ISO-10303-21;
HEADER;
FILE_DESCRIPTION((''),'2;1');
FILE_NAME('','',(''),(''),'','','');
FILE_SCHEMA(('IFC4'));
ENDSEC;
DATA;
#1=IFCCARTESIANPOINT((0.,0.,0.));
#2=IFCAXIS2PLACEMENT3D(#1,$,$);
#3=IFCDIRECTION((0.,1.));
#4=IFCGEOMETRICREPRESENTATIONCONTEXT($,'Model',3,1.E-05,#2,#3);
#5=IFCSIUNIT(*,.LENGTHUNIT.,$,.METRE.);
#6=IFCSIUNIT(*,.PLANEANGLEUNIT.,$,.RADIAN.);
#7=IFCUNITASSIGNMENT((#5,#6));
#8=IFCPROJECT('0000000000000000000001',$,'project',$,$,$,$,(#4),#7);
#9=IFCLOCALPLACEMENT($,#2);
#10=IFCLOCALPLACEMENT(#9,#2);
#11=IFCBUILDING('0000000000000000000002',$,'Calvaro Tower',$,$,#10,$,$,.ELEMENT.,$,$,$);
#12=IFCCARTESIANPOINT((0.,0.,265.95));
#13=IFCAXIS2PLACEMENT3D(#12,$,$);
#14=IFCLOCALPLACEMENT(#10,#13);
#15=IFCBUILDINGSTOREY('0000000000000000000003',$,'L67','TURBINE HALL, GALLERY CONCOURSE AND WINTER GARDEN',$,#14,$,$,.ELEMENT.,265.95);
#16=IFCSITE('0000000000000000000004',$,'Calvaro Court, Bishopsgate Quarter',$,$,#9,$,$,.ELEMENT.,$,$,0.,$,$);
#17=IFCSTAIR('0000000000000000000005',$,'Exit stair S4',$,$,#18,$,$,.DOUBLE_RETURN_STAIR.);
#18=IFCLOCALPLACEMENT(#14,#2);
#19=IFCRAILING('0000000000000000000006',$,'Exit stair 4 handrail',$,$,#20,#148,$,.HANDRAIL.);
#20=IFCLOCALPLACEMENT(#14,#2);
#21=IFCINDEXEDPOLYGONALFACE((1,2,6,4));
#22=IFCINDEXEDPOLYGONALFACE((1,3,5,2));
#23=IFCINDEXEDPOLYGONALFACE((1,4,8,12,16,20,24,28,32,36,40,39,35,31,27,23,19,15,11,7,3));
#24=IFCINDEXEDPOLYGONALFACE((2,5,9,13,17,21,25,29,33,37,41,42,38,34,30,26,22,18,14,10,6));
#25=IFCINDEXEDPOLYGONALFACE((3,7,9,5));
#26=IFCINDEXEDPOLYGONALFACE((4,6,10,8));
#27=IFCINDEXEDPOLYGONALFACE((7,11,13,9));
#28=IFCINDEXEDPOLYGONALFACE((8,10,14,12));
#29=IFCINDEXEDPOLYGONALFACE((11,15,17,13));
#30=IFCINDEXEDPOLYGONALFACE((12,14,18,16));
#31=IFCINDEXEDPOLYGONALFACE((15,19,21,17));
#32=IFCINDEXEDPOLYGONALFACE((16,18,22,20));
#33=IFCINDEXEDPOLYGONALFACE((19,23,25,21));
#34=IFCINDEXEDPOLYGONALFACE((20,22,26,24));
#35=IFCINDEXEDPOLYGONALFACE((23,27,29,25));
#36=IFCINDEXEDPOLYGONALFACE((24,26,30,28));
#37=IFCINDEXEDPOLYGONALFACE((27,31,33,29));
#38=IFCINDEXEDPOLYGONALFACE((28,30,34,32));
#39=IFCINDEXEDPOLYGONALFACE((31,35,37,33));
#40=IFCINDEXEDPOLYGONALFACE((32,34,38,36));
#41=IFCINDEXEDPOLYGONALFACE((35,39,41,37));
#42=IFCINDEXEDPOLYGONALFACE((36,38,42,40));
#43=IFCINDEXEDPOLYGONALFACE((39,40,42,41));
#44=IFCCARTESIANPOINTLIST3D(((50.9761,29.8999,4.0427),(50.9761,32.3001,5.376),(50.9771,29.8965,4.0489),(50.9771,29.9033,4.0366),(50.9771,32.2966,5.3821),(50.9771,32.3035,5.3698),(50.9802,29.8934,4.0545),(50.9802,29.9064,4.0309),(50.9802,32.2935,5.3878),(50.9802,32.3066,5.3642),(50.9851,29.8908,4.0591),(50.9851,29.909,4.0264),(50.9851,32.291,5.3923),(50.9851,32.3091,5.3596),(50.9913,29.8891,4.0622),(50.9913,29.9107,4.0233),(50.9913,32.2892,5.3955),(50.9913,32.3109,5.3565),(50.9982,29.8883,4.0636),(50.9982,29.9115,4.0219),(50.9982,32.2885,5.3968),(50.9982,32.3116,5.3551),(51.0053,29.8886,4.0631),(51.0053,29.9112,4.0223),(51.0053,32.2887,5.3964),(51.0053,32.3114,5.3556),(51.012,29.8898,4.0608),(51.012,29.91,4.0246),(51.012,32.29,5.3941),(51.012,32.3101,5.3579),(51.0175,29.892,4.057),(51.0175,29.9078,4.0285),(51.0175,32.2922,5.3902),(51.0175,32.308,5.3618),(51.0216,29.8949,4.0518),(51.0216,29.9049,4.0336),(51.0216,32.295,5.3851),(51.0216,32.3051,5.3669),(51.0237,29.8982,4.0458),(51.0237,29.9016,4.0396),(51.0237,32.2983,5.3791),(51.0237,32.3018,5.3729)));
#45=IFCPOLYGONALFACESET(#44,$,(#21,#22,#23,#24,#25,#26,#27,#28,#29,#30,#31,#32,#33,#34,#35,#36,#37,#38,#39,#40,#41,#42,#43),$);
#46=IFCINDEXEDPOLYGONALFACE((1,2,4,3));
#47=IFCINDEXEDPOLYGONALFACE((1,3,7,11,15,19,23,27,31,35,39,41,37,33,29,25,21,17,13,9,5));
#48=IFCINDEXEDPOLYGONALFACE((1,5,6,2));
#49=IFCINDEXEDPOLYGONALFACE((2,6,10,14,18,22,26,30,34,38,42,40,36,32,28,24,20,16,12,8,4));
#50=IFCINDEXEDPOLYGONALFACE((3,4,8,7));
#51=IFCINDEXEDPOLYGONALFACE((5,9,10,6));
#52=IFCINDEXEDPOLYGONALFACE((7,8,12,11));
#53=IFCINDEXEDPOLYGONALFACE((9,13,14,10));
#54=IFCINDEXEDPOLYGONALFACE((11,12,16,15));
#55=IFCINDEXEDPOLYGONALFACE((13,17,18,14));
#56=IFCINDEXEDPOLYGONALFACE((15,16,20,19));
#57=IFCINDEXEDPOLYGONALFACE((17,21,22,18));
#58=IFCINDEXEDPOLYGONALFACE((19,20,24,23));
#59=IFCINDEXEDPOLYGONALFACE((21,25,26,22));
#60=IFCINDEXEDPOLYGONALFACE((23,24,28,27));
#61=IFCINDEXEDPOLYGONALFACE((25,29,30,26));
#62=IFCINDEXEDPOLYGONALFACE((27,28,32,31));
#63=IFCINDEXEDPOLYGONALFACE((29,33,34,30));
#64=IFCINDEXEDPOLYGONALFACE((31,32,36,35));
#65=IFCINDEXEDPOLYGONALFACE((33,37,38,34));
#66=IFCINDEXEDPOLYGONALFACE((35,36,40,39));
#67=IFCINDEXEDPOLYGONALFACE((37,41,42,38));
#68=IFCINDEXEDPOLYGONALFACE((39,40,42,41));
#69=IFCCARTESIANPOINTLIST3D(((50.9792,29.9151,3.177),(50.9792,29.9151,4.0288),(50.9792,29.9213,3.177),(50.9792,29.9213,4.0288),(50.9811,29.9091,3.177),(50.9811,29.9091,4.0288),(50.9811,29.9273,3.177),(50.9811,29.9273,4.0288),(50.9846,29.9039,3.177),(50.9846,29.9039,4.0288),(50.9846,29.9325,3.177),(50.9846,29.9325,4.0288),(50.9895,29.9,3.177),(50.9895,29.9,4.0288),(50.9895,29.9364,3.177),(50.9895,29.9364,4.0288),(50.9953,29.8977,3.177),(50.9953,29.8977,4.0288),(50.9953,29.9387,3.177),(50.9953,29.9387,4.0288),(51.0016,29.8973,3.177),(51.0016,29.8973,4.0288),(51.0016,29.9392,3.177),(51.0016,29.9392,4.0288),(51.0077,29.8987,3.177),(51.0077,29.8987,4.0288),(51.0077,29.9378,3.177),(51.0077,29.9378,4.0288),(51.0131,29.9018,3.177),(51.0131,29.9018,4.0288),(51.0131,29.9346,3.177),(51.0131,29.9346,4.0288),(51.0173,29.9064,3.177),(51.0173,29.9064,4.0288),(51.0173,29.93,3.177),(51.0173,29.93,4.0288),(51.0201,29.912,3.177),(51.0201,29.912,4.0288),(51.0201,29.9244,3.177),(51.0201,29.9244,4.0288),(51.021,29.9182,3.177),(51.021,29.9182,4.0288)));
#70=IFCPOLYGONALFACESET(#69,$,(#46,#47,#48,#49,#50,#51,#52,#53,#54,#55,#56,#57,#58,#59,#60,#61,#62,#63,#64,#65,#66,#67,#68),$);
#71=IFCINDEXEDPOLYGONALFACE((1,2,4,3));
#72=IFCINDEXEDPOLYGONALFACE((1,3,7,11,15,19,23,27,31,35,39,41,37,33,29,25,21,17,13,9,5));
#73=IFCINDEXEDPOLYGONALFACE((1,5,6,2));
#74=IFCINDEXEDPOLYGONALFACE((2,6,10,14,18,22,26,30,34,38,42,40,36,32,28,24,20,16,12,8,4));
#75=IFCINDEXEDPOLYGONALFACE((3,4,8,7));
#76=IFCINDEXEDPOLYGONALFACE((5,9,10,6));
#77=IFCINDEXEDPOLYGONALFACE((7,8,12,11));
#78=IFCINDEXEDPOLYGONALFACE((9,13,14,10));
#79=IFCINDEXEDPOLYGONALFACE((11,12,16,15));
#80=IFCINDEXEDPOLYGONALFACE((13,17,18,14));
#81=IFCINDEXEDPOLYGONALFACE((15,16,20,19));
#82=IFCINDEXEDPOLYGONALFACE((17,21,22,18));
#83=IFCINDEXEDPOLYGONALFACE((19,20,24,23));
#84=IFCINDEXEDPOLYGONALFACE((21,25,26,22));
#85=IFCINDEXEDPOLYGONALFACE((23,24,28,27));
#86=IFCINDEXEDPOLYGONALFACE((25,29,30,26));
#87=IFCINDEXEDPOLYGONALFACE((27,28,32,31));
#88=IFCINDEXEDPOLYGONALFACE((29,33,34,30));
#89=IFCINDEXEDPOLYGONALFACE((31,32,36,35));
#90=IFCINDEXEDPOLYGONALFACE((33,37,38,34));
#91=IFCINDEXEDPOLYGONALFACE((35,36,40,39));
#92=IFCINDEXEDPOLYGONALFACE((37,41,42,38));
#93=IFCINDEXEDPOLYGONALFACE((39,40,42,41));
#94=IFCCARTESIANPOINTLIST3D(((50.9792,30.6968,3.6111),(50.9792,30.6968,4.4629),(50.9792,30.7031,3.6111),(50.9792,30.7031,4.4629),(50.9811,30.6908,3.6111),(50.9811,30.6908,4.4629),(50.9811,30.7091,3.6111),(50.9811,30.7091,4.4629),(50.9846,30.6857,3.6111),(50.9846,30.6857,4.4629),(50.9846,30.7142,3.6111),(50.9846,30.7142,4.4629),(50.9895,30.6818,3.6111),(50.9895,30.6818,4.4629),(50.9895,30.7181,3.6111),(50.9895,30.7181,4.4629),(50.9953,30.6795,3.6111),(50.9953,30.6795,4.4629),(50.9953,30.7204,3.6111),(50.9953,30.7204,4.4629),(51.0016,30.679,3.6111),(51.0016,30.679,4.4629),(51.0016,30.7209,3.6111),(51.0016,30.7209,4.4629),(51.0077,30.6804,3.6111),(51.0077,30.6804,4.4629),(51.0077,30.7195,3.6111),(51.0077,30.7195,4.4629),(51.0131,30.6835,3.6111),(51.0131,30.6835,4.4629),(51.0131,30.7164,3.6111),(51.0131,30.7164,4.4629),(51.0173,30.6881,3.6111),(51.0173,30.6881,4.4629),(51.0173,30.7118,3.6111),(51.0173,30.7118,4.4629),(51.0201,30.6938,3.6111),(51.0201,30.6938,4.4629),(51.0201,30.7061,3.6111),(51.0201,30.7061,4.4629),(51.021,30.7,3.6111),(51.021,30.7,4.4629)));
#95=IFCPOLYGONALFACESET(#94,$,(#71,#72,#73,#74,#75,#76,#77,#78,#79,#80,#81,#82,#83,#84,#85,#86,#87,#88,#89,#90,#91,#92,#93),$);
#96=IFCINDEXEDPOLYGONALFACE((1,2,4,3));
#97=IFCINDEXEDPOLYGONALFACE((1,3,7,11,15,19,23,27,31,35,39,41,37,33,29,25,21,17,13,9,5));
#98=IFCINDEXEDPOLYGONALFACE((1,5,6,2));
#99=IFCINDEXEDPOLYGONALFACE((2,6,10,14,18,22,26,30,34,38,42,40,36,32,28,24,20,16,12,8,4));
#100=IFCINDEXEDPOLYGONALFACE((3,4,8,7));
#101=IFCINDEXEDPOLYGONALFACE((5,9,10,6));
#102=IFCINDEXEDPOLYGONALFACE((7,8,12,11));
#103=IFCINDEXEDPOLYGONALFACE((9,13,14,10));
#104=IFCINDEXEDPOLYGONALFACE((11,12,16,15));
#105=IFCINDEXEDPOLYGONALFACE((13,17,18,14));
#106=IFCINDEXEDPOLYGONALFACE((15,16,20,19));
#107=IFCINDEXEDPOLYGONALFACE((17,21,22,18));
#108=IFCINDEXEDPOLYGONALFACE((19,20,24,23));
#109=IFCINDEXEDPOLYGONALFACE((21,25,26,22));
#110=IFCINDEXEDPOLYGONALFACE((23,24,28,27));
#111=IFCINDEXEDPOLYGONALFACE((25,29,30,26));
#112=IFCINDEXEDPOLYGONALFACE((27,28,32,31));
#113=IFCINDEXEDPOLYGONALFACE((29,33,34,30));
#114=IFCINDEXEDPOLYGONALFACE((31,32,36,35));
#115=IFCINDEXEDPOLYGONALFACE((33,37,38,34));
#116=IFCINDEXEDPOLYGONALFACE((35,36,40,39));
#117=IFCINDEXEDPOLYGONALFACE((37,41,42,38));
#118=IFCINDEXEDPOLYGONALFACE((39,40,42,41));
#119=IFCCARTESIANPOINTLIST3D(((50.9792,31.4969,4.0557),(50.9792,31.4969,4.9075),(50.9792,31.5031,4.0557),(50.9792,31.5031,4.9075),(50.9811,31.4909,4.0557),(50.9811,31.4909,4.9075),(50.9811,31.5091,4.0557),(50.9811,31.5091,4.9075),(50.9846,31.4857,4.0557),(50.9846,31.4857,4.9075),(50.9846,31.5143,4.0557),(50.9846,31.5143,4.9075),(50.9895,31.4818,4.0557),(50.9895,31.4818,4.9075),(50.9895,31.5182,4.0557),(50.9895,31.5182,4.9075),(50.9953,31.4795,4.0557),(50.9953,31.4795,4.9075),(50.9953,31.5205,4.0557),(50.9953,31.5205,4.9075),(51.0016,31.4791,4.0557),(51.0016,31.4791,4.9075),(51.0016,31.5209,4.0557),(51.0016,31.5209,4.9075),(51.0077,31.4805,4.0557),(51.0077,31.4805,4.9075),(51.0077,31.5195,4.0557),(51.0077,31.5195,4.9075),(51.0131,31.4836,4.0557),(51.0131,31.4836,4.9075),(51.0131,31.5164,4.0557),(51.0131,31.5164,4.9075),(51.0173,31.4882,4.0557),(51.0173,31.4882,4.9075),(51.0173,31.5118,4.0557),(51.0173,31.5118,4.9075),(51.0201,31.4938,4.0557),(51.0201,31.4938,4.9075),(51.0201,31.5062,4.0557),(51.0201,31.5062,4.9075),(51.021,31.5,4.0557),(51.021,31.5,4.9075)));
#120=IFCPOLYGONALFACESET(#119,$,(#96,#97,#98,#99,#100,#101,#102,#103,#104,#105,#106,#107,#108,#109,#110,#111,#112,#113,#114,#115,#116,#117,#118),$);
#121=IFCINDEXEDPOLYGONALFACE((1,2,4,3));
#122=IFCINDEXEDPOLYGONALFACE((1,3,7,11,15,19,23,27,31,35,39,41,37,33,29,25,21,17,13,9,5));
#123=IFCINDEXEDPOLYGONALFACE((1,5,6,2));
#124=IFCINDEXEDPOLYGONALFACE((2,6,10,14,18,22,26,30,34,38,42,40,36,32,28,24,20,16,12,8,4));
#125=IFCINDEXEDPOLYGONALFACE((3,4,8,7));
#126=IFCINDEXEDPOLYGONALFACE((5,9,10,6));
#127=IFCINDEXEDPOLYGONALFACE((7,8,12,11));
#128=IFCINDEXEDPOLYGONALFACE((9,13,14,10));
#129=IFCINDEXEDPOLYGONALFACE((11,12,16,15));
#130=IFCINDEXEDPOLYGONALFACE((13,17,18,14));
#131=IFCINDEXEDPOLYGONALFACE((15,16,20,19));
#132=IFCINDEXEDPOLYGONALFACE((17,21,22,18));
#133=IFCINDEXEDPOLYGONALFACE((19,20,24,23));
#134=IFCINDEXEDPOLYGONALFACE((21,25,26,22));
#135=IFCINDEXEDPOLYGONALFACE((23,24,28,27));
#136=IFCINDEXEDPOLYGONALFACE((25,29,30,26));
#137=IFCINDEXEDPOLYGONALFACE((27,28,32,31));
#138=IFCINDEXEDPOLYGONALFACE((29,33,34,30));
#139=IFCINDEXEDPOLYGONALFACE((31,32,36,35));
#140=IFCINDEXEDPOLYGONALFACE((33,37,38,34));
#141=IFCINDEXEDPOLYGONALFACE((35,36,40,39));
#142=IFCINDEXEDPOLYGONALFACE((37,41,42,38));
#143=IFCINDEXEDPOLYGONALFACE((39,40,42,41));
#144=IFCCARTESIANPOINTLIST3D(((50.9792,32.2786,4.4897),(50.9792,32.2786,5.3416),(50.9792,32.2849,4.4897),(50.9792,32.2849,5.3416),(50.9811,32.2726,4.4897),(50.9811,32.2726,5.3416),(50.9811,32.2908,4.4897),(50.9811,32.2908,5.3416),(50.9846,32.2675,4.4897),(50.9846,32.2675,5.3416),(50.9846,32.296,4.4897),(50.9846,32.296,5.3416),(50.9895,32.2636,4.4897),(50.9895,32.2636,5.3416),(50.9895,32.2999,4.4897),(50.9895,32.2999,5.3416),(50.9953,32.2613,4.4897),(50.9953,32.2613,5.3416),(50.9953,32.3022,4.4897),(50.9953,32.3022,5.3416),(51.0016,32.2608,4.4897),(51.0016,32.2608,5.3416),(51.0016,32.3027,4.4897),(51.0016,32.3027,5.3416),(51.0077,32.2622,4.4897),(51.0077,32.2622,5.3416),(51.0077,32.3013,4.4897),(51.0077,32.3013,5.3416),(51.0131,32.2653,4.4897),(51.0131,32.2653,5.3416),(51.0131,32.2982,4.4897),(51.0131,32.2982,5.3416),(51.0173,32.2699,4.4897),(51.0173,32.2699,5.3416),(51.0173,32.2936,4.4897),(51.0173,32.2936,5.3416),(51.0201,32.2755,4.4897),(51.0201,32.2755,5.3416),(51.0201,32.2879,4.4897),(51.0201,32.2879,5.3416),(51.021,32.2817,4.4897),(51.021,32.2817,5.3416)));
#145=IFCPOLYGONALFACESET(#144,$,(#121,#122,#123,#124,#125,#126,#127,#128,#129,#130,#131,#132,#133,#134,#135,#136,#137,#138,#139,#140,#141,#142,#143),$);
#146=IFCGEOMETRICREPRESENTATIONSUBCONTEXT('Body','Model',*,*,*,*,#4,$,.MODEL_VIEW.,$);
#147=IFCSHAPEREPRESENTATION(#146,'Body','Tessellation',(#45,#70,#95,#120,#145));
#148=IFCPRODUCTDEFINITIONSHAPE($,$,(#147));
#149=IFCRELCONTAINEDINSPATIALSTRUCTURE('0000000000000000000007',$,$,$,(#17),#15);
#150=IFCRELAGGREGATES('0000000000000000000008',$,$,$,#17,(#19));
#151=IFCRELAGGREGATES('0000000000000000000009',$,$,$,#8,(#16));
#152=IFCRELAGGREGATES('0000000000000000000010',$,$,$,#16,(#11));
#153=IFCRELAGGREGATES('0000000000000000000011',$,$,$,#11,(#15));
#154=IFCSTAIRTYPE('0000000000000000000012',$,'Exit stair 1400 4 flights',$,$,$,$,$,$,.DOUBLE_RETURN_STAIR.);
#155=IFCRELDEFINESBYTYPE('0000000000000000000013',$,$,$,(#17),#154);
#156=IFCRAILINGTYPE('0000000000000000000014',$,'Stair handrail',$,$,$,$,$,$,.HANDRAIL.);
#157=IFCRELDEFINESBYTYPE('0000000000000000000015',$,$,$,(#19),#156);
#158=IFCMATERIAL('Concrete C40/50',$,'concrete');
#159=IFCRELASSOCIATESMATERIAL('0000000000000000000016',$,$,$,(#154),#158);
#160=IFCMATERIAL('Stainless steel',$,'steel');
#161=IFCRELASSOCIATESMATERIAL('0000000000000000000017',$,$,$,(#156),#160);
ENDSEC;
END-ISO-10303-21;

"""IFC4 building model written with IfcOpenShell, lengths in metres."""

from ifc_helpers import new_model, si_unit, direction, frame, origin, origin_2d, place, context, subcontext, project, spatial, circle, extrude, material, type_object, element, aggregate, save


model = new_model("IFC4")

# Units and contexts
model_context = context("Model", 3, precision=1e-05, world=origin(), true_north=direction((0.0, 1.0)))
body_context = subcontext(model_context, "Body", "Model", "MODEL_VIEW")
ifc_project = project(units=[si_unit("LENGTHUNIT", "METRE"), si_unit("PLANEANGLEUNIT", "RADIAN")], contexts=[model_context])

# Site, building, storey
site_placement = place(None, origin())
site = spatial("IfcSite", under=ifc_project, at=site_placement, Name="Calvaro Court, Bishopsgate Quarter", CompositionType="ELEMENT", RefElevation=0.0)
building_placement = place(site_placement, origin())
building = spatial("IfcBuilding", under=site, at=building_placement, Name="Calvaro Tower", CompositionType="ELEMENT")
storey_placement = place(building_placement, frame((0.0, 0.0, 265.95)))
storey = spatial("IfcBuildingStorey", under=building, at=storey_placement, Name="L67", Description="TURBINE HALL, GALLERY CONCOURSE AND WINTER GARDEN", CompositionType="ELEMENT", Elevation=265.95)

# Stair, railing
ifc_material_1 = material(Name="Concrete C40/50", Category="concrete")
stair_type = type_object("IfcStairType", Name="Exit stair 1400 4 flights", PredefinedType="DOUBLE_RETURN_STAIR", material=ifc_material_1)
stair_placement = place(storey_placement, origin())
stair = element("IfcStair", 1, at=stair_placement, inside=storey, type_object=stair_type, Name="Exit stair S4", PredefinedType="DOUBLE_RETURN_STAIR")
ifc_material_2 = material(Name="Stainless steel", Category="steel")
railing_type = type_object("IfcRailingType", Name="Stair handrail", PredefinedType="HANDRAIL", material=ifc_material_2)
railing_1_placement = place(storey_placement, frame((51.0, 29.8999, 3.1667)))
railing_1 = element("IfcRailing", 2, at=railing_1_placement, type_object=railing_type, Name="Exit stair 4 handrail", PredefinedType="HANDRAIL", context=body_context, shape_type="SweptSolid", body=[
    extrude(circle(Radius=0.0239, at=origin_2d()), frame((0.0, 0.0, 0.876), z_axis=(0.0, 0.874182, 0.485598), x_axis=(-1.0, 0.0, 0.0)), (0.0, 0.0, 1.0), 2.7456),
    extrude(circle(Radius=0.021, at=origin_2d()), frame((0.0, 0.0183, 0.0103)), (0.0, 0.0, 1.0), 0.8518),
    extrude(circle(Radius=0.021, at=origin_2d()), frame((0.0, 0.8, 0.4443)), (0.0, 0.0, 1.0), 0.8518),
    extrude(circle(Radius=0.021, at=origin_2d()), frame((0.0, 1.6001, 0.8889)), (0.0, 0.0, 1.0), 0.8518),
    extrude(circle(Radius=0.021, at=origin_2d()), frame((0.0, 2.3818, 1.323)), (0.0, 0.0, 1.0), 0.8518),
])
aggregate(stair, [railing_1])

save(model, "model.ifc")
